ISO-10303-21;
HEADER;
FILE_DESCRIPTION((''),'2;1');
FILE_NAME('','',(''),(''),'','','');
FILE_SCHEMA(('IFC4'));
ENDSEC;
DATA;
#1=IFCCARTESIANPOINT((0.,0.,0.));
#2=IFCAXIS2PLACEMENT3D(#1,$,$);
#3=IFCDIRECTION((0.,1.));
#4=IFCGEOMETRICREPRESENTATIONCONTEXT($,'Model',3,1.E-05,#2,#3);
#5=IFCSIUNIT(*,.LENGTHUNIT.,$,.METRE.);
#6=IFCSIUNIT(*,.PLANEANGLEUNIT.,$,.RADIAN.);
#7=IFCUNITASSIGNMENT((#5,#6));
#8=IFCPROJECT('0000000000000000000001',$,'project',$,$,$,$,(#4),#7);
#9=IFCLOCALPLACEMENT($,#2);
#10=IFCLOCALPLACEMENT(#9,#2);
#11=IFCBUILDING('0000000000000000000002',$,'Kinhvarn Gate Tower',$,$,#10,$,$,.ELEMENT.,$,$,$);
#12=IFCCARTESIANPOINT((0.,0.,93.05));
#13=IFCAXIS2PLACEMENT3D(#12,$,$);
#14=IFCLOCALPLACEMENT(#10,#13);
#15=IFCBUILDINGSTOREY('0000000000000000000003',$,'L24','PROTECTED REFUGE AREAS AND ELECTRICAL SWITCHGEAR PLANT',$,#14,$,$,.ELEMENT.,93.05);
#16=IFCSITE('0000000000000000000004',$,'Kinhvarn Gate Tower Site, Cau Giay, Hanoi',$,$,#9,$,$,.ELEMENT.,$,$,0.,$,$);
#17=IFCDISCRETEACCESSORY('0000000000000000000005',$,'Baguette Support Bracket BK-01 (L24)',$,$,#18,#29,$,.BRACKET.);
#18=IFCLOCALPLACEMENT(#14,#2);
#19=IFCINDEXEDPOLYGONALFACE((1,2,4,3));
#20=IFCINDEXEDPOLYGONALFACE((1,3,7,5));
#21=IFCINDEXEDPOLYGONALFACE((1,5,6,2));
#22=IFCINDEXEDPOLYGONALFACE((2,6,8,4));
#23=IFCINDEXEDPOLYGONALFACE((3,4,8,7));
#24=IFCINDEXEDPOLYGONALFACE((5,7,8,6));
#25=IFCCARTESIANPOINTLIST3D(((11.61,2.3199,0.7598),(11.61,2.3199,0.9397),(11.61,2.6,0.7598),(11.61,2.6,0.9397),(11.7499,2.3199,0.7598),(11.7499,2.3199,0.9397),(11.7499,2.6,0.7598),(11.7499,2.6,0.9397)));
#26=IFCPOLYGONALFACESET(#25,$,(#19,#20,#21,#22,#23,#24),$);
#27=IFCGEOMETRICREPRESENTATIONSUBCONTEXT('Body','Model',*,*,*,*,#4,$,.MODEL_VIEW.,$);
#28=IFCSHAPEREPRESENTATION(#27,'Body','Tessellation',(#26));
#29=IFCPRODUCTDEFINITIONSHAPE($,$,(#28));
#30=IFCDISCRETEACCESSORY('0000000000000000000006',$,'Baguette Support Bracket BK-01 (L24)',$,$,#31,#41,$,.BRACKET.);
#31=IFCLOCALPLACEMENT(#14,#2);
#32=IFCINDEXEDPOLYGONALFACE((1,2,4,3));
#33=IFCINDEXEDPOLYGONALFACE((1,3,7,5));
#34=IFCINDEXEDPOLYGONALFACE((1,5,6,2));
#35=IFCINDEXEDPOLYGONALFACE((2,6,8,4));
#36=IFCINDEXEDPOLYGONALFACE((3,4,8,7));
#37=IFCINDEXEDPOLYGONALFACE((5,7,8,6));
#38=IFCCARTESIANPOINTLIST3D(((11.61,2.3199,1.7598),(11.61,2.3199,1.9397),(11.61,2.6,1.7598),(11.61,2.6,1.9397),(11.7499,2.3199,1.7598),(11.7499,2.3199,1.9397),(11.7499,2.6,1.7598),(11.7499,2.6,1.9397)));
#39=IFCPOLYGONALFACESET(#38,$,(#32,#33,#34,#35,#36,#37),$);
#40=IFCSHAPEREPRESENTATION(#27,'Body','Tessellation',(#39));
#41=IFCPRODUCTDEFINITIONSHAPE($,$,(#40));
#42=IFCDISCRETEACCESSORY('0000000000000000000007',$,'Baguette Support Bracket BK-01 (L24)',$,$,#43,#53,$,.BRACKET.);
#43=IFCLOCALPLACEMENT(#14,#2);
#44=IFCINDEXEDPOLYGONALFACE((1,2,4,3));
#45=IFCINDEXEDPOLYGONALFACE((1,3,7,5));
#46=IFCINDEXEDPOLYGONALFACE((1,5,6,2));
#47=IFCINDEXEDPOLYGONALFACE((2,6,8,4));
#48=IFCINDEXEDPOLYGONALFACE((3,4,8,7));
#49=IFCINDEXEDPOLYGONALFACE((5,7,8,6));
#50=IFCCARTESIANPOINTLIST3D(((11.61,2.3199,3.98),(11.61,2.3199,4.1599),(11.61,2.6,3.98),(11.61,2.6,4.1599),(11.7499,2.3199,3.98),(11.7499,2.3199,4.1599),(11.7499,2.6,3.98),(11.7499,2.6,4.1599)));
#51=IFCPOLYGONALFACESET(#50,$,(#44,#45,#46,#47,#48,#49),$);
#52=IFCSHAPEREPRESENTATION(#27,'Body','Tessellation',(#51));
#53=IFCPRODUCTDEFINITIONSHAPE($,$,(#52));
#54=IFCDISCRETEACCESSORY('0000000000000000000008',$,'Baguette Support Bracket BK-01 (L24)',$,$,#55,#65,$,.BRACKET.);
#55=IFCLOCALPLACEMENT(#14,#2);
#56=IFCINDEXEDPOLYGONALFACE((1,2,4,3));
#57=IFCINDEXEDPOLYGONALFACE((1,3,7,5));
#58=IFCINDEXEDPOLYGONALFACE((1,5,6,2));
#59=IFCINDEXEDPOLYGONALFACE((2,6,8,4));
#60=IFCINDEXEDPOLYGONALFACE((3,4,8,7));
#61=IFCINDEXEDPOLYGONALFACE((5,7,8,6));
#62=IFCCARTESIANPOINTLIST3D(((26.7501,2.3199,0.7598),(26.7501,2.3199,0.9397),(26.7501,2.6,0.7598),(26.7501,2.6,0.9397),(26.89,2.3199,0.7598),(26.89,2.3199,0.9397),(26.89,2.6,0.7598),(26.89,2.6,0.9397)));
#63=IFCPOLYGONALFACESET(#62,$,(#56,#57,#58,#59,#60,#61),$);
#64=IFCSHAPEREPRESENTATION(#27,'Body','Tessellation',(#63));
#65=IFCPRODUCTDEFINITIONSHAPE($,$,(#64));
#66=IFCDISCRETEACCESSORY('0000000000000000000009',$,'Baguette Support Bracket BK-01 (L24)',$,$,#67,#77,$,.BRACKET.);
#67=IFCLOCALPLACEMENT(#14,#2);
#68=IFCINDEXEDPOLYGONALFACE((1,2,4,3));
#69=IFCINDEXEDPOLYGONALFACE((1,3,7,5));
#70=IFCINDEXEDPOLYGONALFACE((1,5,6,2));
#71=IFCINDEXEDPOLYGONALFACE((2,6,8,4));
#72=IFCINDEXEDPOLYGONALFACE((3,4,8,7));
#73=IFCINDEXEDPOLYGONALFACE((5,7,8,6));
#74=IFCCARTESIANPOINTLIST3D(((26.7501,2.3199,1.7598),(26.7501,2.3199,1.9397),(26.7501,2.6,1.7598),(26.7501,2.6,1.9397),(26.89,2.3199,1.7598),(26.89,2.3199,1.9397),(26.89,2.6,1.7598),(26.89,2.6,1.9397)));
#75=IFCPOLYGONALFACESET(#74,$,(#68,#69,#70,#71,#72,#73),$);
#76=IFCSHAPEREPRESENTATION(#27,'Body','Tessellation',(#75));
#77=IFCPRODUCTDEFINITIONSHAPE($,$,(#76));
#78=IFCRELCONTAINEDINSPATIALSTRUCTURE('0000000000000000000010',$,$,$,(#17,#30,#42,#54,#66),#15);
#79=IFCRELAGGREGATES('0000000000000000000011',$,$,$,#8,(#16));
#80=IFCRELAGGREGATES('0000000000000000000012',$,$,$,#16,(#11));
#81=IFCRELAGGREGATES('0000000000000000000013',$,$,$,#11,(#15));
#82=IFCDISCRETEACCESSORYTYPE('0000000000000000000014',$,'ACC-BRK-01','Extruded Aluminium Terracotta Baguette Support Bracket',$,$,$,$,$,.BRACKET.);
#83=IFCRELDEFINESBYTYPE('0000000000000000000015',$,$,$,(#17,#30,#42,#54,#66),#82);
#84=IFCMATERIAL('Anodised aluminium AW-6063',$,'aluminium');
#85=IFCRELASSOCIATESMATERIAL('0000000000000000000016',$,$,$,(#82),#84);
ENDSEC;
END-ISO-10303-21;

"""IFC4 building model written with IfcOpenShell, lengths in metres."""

from ifc_helpers import new_model, si_unit, direction, frame, origin, origin_2d, place, context, subcontext, project, spatial, rectangle, extrude, material, type_object, element, save


model = new_model("IFC4")

# Units and contexts
model_context = context("Model", 3, precision=1e-05, world=origin(), true_north=direction((0.0, 1.0)))
body_context = subcontext(model_context, "Body", "Model", "MODEL_VIEW")
ifc_project = project(units=[si_unit("LENGTHUNIT", "METRE"), si_unit("PLANEANGLEUNIT", "RADIAN")], contexts=[model_context])

# Site, building, storey
site_placement = place(None, origin())
site = spatial("IfcSite", under=ifc_project, at=site_placement, Name="Kinhvarn Gate Tower Site, Cau Giay, Hanoi", CompositionType="ELEMENT", RefElevation=0.0)
building_placement = place(site_placement, origin())
building = spatial("IfcBuilding", under=site, at=building_placement, Name="Kinhvarn Gate Tower", CompositionType="ELEMENT")
storey_placement = place(building_placement, frame((0.0, 0.0, 93.05)))
storey = spatial("IfcBuildingStorey", under=building, at=storey_placement, Name="L24", Description="PROTECTED REFUGE AREAS AND ELECTRICAL SWITCHGEAR PLANT", CompositionType="ELEMENT", Elevation=93.05)

# Shared definitions
ifc_material_1 = material(Name="Anodised aluminium AW-6063", Category="aluminium")

# Discrete accessories
discrete_accessory_type = type_object("IfcDiscreteAccessoryType", Name="ACC-BRK-01", Description="Extruded Aluminium Terracotta Baguette Support Bracket", PredefinedType="BRACKET", material=ifc_material_1)
for number, where, z_axis, x_axis, name in (
    (1, (11.6799, 2.46, 0.7598), (0.0, 0.0, 1.0), (1.0, 0.0, 0.0), "Baguette Support Bracket BK-01 (L24)"),
    (2, (11.6799, 2.46, 1.7598), (0.0, 0.0, 1.0), (1.0, 0.0, 0.0), "Baguette Support Bracket BK-01 (L24)"),
    (3, (11.6799, 2.46, 3.98), (0.0, 0.0, 1.0), (1.0, 0.0, 0.0), "Baguette Support Bracket BK-01 (L24)"),
    (4, (26.8201, 2.46, 0.7598), (0.0, 0.0, 1.0), (1.0, 0.0, 0.0), "Baguette Support Bracket BK-01 (L24)"),
    (5, (26.8201, 2.46, 1.7598), (0.0, 0.0, 1.0), (1.0, 0.0, 0.0), "Baguette Support Bracket BK-01 (L24)"),
):
    element("IfcDiscreteAccessory", number, at=place(storey_placement, frame(where, z_axis=z_axis, x_axis=x_axis)), inside=storey, type_object=discrete_accessory_type, Name=name, PredefinedType="BRACKET", context=body_context, shape_type="SweptSolid", body=[
        extrude(rectangle(XDim=0.1399, YDim=0.28, at=origin_2d()), origin(), (0.0, 0.0, 1.0), 0.1799),
    ])

save(model, "model.ifc")
